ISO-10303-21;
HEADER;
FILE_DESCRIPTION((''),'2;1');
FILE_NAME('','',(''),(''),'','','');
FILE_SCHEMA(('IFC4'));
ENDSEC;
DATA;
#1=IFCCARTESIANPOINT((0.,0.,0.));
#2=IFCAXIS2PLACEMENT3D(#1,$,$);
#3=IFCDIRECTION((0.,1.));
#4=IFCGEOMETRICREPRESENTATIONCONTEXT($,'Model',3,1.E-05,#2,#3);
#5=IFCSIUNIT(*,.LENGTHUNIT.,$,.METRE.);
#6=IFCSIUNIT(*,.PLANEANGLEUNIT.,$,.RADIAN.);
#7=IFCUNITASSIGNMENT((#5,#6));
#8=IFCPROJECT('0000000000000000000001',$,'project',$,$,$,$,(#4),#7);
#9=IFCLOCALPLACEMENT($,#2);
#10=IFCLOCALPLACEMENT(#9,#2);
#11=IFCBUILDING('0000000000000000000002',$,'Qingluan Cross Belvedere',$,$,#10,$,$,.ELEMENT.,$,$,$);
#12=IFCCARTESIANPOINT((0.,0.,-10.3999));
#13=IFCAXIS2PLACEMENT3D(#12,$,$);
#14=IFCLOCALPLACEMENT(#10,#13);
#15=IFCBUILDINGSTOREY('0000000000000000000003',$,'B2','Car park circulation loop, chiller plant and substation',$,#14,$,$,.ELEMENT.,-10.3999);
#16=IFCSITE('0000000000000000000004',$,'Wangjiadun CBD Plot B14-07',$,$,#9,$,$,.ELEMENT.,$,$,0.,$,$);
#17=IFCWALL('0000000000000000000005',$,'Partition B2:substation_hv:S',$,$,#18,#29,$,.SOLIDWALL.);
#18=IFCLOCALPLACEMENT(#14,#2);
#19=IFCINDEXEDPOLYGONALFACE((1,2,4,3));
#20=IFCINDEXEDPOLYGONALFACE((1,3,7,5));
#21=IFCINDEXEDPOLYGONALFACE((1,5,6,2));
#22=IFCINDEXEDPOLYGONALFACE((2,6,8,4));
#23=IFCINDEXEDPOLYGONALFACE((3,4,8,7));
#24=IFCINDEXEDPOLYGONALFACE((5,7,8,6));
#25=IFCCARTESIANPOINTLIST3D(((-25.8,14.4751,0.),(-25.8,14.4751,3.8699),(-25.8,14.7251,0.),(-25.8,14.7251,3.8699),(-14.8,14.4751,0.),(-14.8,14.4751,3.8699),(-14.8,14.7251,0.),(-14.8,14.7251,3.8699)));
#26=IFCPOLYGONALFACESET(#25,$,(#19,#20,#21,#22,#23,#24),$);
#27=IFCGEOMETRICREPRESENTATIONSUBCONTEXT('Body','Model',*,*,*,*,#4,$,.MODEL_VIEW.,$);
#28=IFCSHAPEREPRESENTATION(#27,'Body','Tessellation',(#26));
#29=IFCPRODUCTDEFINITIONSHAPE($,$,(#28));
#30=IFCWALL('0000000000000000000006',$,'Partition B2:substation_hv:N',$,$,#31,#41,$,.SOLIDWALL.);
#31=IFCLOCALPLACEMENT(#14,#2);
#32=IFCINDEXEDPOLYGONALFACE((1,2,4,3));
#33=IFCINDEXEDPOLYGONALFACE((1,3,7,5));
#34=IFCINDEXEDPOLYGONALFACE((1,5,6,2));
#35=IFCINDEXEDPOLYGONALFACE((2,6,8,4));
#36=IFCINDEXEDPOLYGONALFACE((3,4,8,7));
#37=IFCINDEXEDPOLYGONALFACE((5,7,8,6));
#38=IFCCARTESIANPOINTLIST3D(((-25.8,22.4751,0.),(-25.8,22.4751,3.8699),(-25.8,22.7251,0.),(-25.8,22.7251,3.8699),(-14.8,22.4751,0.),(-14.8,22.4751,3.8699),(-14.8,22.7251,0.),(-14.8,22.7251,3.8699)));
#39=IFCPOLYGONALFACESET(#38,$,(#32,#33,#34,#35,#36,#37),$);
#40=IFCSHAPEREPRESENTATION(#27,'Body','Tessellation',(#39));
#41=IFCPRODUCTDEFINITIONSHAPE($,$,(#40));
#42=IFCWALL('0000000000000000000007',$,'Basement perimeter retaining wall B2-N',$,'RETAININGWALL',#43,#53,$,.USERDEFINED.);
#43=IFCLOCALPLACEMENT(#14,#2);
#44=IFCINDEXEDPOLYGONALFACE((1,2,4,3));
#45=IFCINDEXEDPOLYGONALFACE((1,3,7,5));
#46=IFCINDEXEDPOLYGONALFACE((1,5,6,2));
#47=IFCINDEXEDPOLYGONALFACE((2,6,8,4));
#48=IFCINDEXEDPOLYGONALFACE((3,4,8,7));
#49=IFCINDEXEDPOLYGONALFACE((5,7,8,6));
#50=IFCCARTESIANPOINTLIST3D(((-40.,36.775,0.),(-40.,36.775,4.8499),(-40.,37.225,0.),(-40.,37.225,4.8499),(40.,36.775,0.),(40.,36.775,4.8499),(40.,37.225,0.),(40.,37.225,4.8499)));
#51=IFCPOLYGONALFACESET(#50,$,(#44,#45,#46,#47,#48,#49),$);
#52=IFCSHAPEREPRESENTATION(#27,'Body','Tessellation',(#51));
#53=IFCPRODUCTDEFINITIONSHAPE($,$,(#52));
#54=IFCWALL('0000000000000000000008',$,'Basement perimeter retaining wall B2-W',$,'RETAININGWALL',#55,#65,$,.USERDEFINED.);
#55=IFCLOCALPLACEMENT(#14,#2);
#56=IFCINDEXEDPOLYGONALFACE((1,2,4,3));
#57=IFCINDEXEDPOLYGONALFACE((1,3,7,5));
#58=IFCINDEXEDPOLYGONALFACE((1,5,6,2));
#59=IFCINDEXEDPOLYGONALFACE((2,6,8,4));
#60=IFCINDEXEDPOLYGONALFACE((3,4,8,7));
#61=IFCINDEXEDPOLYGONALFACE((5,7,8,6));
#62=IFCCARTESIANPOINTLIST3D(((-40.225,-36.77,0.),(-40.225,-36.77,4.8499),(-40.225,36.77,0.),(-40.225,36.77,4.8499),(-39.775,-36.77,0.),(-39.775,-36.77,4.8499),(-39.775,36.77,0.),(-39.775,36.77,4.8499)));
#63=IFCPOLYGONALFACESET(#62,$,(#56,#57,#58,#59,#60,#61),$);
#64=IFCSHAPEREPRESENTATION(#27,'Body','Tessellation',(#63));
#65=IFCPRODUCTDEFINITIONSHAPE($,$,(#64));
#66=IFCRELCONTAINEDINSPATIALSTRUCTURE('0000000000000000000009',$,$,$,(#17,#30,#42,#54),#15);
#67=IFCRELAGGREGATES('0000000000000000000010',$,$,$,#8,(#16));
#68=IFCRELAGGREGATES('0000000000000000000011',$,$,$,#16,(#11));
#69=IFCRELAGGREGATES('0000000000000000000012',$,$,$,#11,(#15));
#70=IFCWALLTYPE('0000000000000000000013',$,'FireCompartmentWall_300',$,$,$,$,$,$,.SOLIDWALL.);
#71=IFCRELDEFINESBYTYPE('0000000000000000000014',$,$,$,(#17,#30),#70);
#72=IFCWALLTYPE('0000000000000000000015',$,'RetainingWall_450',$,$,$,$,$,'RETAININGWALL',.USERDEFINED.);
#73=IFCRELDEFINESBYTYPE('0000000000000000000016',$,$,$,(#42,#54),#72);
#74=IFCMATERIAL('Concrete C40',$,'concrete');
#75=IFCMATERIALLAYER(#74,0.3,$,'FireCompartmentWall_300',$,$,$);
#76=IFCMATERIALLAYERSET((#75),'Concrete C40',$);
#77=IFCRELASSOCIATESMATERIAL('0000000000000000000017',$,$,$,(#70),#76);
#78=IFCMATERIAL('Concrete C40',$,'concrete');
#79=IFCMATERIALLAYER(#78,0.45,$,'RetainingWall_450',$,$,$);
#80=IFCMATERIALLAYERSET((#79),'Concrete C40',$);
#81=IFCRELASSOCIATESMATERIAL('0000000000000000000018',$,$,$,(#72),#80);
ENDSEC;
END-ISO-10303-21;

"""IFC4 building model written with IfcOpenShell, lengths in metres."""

from ifc_helpers import new_model, si_unit, direction, frame, frame_2d, origin, place, context, subcontext, project, spatial, rectangle, extrude, material, layer, layer_set, type_object, element, save


model = new_model("IFC4")

# Units and contexts
model_context = context("Model", 3, precision=1e-05, world=origin(), true_north=direction((0.0, 1.0)))
body_context = subcontext(model_context, "Body", "Model", "MODEL_VIEW")
ifc_project = project(units=[si_unit("LENGTHUNIT", "METRE"), si_unit("PLANEANGLEUNIT", "RADIAN")], contexts=[model_context])

# Site, building, storey
site_placement = place(None, origin())
site = spatial("IfcSite", under=ifc_project, at=site_placement, Name="Wangjiadun CBD Plot B14-07", CompositionType="ELEMENT", RefElevation=0.0)
building_placement = place(site_placement, origin())
building = spatial("IfcBuilding", under=site, at=building_placement, Name="Qingluan Cross Belvedere", CompositionType="ELEMENT")
storey_placement = place(building_placement, frame((0.0, 0.0, -10.3999)))
storey = spatial("IfcBuildingStorey", under=building, at=storey_placement, Name="B2", Description="Car park circulation loop, chiller plant and substation", CompositionType="ELEMENT", Elevation=-10.3999)

# Walls
ifc_material_1 = material(Name="Concrete C40", Category="concrete")
ifc_layer_1 = layer(ifc_material_1, 0.3, Name="FireCompartmentWall_300")
ifc_layer_set_1 = layer_set([ifc_layer_1], Name="Concrete C40")
wall_type_1 = type_object("IfcWallType", Name="FireCompartmentWall_300", PredefinedType="SOLIDWALL", material=ifc_layer_set_1)
for number, where, z_axis, x_axis, name in (
    (1, (-25.8, 14.6001, 0.0), (0.0, 0.0, 1.0), (1.0, 0.0, 0.0), "Partition B2:substation_hv:S"),
    (2, (-25.8, 22.6001, 0.0), (0.0, 0.0, 1.0), (1.0, 0.0, 0.0), "Partition B2:substation_hv:N"),
):
    element("IfcWall", number, at=place(storey_placement, frame(where, z_axis=z_axis, x_axis=x_axis)), inside=storey, type_object=wall_type_1, Name=name, PredefinedType="SOLIDWALL", context=body_context, shape_type="SweptSolid", body=[
        extrude(rectangle(XDim=11.0, YDim=0.25, at=frame_2d((5.5, 0.0))), origin(), (0.0, 0.0, 1.0), 3.8699),
    ])

# Walls
ifc_material_2 = material(Name="Concrete C40", Category="concrete")
ifc_layer_2 = layer(ifc_material_2, 0.45, Name="RetainingWall_450")
ifc_layer_set_2 = layer_set([ifc_layer_2], Name="Concrete C40")
wall_type_2 = type_object("IfcWallType", Name="RetainingWall_450", ElementType="RETAININGWALL", PredefinedType="USERDEFINED", material=ifc_layer_set_2)
wall_1_placement = place(storey_placement, frame((-40.0, 37.0, 0.0), z_axis=(0.0, 0.0, 1.0), x_axis=(1.0, 0.0, 0.0)))
element("IfcWall", 3, at=wall_1_placement, inside=storey, type_object=wall_type_2, Name="Basement perimeter retaining wall B2-N", ObjectType="RETAININGWALL", PredefinedType="USERDEFINED", context=body_context, shape_type="SweptSolid", body=[
    extrude(rectangle(XDim=80.0, YDim=0.45, at=frame_2d((40.0, 0.0))), origin(), (0.0, 0.0, 1.0), 4.8499),
])
wall_2_placement = place(storey_placement, frame((-40.0, 36.77, 0.0), z_axis=(0.0, 0.0, 1.0), x_axis=(0.0, -1.0, 0.0)))
element("IfcWall", 4, at=wall_2_placement, inside=storey, type_object=wall_type_2, Name="Basement perimeter retaining wall B2-W", ObjectType="RETAININGWALL", PredefinedType="USERDEFINED", context=body_context, shape_type="SweptSolid", body=[
    extrude(rectangle(XDim=73.54, YDim=0.45, at=frame_2d((36.77, 0.0))), origin(), (0.0, 0.0, 1.0), 4.8499),
])

save(model, "model.ifc")
